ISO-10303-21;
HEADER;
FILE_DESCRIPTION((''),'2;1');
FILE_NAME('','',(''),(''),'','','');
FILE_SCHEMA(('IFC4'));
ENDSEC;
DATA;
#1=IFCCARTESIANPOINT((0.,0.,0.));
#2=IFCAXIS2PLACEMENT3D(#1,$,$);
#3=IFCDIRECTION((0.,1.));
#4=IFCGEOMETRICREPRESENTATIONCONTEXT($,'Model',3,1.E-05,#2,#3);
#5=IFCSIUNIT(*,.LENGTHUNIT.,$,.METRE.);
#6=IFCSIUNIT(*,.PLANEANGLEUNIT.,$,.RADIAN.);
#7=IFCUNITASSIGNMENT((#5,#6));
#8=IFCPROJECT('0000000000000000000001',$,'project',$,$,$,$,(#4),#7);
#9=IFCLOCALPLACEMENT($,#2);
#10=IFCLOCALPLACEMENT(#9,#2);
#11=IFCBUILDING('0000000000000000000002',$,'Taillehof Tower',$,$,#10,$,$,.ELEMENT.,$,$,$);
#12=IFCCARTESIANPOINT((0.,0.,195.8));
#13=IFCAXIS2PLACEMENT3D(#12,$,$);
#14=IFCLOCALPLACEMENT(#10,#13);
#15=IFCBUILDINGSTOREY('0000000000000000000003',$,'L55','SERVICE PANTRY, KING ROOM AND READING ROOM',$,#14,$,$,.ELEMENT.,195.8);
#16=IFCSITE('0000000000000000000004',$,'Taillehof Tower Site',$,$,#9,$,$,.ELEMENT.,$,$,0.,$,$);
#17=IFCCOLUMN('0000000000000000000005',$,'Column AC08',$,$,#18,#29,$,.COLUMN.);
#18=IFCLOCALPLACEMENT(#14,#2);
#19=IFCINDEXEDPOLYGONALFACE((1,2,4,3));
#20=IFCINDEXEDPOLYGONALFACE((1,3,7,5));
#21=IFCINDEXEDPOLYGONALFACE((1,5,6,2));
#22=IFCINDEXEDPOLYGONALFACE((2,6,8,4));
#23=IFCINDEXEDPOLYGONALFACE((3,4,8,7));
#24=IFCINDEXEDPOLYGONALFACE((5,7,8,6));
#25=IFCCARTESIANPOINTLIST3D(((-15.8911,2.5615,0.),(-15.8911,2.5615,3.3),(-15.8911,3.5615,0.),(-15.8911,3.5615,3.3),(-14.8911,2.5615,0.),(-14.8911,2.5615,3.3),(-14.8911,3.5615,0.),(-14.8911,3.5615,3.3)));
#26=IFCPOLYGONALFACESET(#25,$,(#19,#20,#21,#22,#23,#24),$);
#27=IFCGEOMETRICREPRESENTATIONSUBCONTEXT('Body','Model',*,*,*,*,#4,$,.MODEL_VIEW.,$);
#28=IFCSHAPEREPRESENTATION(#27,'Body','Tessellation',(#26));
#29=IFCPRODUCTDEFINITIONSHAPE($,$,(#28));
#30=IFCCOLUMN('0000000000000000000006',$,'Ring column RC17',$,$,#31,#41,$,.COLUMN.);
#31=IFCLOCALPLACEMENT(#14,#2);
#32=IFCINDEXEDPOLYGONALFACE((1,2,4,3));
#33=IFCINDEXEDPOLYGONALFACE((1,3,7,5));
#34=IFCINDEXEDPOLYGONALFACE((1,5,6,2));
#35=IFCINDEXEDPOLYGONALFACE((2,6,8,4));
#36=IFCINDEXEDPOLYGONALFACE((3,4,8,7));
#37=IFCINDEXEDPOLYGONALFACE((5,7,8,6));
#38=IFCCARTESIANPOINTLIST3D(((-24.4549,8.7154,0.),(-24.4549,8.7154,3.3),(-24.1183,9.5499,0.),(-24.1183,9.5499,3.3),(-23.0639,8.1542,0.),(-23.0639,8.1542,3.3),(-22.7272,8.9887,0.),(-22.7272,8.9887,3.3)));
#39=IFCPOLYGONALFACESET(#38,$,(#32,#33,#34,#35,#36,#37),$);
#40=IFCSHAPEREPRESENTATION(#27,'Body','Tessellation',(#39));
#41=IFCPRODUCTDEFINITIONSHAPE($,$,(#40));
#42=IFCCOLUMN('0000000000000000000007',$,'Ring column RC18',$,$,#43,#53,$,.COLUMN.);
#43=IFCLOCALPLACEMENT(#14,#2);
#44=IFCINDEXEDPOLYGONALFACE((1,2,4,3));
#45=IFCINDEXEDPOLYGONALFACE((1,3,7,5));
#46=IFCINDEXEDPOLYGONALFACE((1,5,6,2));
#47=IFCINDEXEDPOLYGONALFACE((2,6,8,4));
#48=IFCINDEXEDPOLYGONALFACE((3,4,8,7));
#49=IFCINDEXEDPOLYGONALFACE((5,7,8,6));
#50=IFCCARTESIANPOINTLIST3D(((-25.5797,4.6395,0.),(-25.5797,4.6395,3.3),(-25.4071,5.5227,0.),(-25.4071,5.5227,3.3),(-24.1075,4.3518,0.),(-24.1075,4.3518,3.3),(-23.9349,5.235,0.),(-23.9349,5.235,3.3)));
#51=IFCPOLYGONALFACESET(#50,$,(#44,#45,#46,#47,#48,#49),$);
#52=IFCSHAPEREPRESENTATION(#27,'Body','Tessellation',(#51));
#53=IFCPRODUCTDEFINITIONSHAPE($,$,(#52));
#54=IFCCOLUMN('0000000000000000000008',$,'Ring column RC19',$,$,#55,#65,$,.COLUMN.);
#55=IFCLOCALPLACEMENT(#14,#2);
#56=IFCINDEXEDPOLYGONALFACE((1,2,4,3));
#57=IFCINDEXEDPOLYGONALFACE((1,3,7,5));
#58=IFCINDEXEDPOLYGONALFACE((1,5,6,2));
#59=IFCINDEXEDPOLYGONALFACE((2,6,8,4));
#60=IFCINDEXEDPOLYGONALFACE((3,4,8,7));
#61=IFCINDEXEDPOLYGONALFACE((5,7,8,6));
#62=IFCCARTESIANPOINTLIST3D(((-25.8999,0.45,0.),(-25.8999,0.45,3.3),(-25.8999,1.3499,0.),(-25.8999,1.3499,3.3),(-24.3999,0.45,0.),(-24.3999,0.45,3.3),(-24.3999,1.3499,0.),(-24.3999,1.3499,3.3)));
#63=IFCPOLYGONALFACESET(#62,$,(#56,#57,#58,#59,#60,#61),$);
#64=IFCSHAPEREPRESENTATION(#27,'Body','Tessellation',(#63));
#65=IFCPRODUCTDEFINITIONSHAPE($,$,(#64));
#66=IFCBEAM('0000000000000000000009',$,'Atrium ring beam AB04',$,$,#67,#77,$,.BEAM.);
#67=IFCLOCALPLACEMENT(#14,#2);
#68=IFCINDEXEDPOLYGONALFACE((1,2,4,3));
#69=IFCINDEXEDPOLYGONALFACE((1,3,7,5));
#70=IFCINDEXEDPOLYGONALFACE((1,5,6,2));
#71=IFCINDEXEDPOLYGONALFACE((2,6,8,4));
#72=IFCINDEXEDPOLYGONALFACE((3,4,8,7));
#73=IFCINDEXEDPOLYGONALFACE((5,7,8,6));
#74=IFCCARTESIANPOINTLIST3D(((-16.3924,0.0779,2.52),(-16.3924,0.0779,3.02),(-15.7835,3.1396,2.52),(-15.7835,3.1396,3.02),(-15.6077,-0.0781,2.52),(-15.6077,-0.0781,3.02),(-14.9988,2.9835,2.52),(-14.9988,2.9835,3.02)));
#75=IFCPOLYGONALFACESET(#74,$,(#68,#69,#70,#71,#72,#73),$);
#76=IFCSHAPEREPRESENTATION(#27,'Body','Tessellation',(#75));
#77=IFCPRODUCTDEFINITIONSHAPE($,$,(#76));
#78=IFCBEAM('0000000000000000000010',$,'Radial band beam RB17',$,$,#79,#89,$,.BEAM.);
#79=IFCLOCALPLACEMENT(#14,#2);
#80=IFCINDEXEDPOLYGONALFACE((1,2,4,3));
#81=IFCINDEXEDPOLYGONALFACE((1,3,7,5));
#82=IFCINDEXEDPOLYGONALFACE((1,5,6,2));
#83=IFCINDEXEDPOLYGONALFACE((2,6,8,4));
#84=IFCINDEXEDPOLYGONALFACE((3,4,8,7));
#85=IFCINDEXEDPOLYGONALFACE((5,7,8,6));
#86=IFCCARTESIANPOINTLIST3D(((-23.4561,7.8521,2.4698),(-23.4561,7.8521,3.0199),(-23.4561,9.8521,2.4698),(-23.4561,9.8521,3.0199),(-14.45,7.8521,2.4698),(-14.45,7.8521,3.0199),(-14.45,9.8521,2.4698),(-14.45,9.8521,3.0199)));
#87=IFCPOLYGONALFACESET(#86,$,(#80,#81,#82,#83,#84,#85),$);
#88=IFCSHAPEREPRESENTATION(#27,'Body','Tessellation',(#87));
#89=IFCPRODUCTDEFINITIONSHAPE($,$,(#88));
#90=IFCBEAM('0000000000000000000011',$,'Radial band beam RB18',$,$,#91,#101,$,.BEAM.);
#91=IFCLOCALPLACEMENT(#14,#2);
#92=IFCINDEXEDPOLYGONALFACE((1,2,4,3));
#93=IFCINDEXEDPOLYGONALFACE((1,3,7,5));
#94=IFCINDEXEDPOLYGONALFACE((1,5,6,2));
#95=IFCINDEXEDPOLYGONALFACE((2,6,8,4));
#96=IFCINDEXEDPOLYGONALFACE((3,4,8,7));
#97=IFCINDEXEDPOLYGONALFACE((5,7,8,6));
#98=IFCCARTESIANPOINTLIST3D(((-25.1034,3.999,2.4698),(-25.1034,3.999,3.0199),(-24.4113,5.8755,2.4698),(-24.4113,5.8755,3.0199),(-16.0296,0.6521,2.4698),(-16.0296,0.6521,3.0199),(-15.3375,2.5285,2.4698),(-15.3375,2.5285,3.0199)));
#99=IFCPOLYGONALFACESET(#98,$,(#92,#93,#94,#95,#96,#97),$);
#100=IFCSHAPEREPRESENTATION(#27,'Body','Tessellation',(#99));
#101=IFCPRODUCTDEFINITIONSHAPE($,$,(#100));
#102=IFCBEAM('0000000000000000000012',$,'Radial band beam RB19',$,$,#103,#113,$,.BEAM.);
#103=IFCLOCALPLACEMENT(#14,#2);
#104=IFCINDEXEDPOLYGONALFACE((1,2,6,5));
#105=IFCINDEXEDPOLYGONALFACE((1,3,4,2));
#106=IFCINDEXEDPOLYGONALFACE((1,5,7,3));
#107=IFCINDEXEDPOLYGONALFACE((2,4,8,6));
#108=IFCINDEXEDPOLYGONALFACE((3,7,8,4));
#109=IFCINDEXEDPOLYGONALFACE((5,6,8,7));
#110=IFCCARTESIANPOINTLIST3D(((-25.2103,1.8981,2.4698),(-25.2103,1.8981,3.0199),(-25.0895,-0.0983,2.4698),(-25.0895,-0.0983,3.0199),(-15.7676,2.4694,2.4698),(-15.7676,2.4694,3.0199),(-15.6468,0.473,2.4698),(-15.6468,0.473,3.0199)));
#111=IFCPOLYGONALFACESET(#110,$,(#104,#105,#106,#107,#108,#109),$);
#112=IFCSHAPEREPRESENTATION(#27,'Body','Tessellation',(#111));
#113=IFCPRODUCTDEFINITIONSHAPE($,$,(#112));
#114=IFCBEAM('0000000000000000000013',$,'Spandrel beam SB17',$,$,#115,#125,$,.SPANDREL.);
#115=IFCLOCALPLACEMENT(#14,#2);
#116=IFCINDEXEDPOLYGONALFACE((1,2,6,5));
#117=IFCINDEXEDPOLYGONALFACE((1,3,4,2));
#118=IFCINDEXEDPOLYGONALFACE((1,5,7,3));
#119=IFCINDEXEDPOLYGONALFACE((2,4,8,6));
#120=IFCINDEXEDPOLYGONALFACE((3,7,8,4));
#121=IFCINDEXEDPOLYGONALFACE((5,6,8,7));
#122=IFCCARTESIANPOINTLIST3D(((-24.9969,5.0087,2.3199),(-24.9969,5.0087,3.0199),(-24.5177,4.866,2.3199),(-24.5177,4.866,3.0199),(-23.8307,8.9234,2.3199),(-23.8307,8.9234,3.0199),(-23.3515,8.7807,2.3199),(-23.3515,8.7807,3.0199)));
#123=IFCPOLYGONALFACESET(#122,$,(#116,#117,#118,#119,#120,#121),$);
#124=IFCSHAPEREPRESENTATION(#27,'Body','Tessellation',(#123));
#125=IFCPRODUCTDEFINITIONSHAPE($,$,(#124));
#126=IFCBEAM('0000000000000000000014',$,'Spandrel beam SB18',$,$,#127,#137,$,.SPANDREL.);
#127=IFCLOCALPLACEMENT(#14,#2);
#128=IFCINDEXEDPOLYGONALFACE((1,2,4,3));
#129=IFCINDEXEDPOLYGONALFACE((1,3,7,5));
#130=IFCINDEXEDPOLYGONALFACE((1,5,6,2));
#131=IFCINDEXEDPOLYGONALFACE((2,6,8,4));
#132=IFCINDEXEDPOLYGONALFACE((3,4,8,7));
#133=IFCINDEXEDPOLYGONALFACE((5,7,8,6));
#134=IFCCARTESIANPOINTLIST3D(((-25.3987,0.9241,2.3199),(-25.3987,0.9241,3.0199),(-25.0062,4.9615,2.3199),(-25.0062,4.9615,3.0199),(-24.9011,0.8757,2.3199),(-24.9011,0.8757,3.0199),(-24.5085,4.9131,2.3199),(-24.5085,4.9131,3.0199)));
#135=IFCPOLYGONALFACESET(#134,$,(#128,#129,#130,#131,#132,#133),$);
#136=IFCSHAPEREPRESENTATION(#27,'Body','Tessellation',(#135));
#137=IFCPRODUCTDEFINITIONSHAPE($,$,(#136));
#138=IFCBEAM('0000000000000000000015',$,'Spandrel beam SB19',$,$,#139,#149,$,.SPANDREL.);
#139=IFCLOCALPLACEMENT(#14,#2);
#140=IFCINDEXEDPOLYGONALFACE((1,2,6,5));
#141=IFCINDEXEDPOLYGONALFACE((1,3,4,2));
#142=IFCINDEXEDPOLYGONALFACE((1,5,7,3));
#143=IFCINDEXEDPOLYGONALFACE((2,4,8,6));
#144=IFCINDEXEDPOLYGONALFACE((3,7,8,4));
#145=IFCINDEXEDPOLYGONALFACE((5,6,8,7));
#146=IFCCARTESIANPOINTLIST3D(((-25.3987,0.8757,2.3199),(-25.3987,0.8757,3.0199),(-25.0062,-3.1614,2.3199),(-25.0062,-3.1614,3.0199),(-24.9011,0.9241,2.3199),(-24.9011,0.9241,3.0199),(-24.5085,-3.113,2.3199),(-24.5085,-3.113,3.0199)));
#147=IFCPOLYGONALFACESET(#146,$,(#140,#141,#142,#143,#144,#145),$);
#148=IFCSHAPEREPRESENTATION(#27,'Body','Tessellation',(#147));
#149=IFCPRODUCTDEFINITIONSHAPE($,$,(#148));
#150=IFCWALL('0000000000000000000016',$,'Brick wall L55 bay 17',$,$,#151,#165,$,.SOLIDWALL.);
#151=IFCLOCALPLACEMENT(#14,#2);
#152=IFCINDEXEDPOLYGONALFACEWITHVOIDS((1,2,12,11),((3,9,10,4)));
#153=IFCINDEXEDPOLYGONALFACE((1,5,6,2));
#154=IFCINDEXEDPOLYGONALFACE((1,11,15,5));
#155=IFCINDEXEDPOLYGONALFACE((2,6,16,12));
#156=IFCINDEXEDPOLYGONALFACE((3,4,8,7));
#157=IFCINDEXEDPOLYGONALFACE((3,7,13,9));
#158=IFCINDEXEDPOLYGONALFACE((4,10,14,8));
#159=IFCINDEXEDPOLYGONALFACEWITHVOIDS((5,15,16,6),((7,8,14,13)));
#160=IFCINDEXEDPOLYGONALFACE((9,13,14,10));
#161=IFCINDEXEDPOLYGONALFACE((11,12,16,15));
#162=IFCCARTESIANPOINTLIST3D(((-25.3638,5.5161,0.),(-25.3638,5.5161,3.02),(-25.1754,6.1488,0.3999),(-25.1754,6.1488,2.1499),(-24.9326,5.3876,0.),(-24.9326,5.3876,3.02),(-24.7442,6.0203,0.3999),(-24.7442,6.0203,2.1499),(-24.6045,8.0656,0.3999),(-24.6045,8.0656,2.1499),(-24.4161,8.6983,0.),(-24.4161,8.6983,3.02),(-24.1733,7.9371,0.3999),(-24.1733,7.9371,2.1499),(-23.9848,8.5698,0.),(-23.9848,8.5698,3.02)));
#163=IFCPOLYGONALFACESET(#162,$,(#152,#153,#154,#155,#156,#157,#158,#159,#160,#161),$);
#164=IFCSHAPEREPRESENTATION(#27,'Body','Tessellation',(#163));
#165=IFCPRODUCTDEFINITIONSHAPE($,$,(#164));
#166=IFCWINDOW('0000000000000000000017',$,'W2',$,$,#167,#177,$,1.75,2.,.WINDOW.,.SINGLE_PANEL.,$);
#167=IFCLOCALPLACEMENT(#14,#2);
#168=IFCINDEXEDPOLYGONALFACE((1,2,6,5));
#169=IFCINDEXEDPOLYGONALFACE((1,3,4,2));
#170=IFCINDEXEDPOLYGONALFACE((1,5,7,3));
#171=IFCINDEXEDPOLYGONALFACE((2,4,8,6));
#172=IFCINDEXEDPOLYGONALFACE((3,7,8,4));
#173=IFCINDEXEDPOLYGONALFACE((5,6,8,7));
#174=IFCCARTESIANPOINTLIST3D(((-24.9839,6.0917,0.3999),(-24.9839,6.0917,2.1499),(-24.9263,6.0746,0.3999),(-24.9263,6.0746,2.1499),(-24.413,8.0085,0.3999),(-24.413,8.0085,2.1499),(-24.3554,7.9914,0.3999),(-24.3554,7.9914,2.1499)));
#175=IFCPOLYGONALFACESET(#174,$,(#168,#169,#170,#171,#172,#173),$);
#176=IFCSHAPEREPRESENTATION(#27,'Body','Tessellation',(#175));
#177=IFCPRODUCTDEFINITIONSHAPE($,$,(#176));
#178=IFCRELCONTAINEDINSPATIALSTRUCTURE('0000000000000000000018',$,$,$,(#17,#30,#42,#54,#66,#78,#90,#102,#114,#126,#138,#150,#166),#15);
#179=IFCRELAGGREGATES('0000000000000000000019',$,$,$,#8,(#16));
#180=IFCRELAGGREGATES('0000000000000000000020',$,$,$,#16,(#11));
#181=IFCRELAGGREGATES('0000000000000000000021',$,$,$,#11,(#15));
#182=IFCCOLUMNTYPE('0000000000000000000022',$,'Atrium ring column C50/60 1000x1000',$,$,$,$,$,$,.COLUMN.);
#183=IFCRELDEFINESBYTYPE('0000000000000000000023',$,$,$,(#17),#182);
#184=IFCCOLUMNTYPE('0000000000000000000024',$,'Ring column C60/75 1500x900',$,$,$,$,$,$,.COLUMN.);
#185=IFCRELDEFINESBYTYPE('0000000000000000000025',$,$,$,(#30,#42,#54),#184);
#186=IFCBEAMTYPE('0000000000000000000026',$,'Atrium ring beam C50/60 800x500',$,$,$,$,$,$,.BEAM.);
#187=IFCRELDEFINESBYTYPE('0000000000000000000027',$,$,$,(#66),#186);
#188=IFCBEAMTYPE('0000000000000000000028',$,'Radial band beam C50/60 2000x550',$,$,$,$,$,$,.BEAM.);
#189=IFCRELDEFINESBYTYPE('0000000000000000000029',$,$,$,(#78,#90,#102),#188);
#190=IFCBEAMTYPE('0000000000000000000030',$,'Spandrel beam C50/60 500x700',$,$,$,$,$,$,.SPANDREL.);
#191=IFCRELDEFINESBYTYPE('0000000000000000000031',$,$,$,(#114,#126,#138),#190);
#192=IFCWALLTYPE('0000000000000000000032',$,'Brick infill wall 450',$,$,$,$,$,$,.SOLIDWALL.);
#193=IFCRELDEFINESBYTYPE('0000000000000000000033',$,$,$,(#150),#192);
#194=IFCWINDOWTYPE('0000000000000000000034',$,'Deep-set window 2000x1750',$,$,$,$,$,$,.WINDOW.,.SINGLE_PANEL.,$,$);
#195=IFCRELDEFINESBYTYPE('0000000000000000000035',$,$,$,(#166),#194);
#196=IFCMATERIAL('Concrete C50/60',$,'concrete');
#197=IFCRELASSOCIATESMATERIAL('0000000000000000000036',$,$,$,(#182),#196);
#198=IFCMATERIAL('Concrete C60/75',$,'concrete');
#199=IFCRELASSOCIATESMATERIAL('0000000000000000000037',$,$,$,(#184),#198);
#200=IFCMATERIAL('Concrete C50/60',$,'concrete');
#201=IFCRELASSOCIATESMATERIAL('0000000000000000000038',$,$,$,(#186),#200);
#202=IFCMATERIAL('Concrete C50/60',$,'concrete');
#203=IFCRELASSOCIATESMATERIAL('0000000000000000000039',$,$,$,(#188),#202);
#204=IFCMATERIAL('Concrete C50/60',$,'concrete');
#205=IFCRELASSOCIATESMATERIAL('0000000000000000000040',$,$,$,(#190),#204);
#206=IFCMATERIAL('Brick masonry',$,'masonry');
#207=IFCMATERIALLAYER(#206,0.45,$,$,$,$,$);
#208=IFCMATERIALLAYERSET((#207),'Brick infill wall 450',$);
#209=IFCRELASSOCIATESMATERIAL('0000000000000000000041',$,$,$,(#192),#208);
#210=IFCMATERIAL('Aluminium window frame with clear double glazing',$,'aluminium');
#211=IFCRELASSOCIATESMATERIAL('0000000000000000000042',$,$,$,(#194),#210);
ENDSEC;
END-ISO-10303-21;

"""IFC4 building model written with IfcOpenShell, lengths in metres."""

from ifc_helpers import new_model, si_unit, direction, frame, frame_2d, origin, origin_2d, place, context, subcontext, project, spatial, rectangle, extrude, material, layer, layer_set, material_profile, profile_set, type_object, element, fill, save


model = new_model("IFC4")

# Units and contexts
model_context = context("Model", 3, precision=1e-05, world=origin(), true_north=direction((0.0, 1.0)))
body_context = subcontext(model_context, "Body", "Model", "MODEL_VIEW")
ifc_project = project(units=[si_unit("LENGTHUNIT", "METRE"), si_unit("PLANEANGLEUNIT", "RADIAN")], contexts=[model_context])

# Site, building, storey
site_placement = place(None, origin())
site = spatial("IfcSite", under=ifc_project, at=site_placement, Name="Taillehof Tower Site", CompositionType="ELEMENT", RefElevation=0.0)
building_placement = place(site_placement, origin())
building = spatial("IfcBuilding", under=site, at=building_placement, Name="Taillehof Tower", CompositionType="ELEMENT")
storey_placement = place(building_placement, frame((0.0, 0.0, 195.8)))
storey = spatial("IfcBuildingStorey", under=building, at=storey_placement, Name="L55", Description="SERVICE PANTRY, KING ROOM AND READING ROOM", CompositionType="ELEMENT", Elevation=195.8)

# Columns
ifc_material_1 = material(Name="Concrete C50/60", Category="concrete")
ifc_material_profile_1 = material_profile(ifc_material_1, rectangle(XDim=1.0, YDim=1.0, at=origin_2d()), Name="RC 1000x1000")
ifc_profile_set_1 = profile_set([ifc_material_profile_1], Name="Concrete C50/60")
column_type_1 = type_object("IfcColumnType", Name="Atrium ring column C50/60 1000x1000", PredefinedType="COLUMN", material=ifc_profile_set_1)
column_placement = place(storey_placement, frame((-15.3911, 3.0615, 0.0), z_axis=(0.0, 0.0, 1.0), x_axis=(1.0, 0.0, 0.0)))
element("IfcColumn", 1, at=column_placement, inside=storey, type_object=column_type_1, Name="Column AC08", PredefinedType="COLUMN", context=body_context, shape_type="SweptSolid", body=[
    extrude(rectangle(XDim=1.0, YDim=1.0, at=origin_2d()), origin(), (0.0, 0.0, 1.0), 3.3),
])
ifc_material_2 = material(Name="Concrete C60/75", Category="concrete")
ifc_material_profile_2 = material_profile(ifc_material_2, rectangle(XDim=1.5, YDim=0.8999, at=origin_2d()), Name="RC 1500x900")
ifc_profile_set_2 = profile_set([ifc_material_profile_2], Name="Concrete C60/75")
column_type_2 = type_object("IfcColumnType", Name="Ring column C60/75 1500x900", PredefinedType="COLUMN", material=ifc_profile_set_2)
for number, where, z_axis, x_axis, name in (
    (2, (-23.5911, 8.8521, 0.0), (0.0, 0.0, 1.0), (-0.927385, 0.374108, 0.0), "Ring column RC17"),
    (3, (-24.7573, 4.9373, 0.0), (0.0, 0.0, 1.0), (-0.981434, 0.191801, 0.0), "Ring column RC18"),
    (4, (-25.1499, 0.8999, 0.0), (0.0, 0.0, 1.0), (-1.0, 0.0, 0.0), "Ring column RC19"),
):
    element("IfcColumn", number, at=place(storey_placement, frame(where, z_axis=z_axis, x_axis=x_axis)), inside=storey, type_object=column_type_2, Name=name, PredefinedType="COLUMN", context=body_context, shape_type="SweptSolid", body=[
        extrude(rectangle(XDim=1.5, YDim=0.8999, at=origin_2d()), origin(), (0.0, 0.0, 1.0), 3.3),
    ])

# Beams
ifc_material_3 = material(Name="Concrete C50/60", Category="concrete")
ifc_material_profile_3 = material_profile(ifc_material_3, rectangle(XDim=0.8, YDim=0.5, at=origin_2d()), Name="RC 800x500")
ifc_profile_set_3 = profile_set([ifc_material_profile_3], Name="Concrete C50/60")
beam_type_1 = type_object("IfcBeamType", Name="Atrium ring beam C50/60 800x500", PredefinedType="BEAM", material=ifc_profile_set_3)
beam_1_placement = place(storey_placement, frame((-15.3911, 3.0615, 2.77), z_axis=(-0.195063, -0.980791, 0.0), x_axis=(0.980791, -0.195063, 0.0)))
element("IfcBeam", 5, at=beam_1_placement, inside=storey, type_object=beam_type_1, Name="Atrium ring beam AB04", PredefinedType="BEAM", context=body_context, shape_type="SweptSolid", body=[
    extrude(rectangle(XDim=0.8, YDim=0.5, at=origin_2d()), origin(), (0.0, 0.0, 1.0), 3.1216),
])
ifc_material_4 = material(Name="Concrete C50/60", Category="concrete")
ifc_material_profile_4 = material_profile(ifc_material_4, rectangle(XDim=2.0, YDim=0.55, at=origin_2d()), Name="RC 2000x550")
ifc_profile_set_4 = profile_set([ifc_material_profile_4], Name="Concrete C50/60")
beam_type_2 = type_object("IfcBeamType", Name="Radial band beam C50/60 2000x550", PredefinedType="BEAM", material=ifc_profile_set_4)
beam_2_placement = place(storey_placement, frame((-23.4561, 8.8521, 2.7449), z_axis=(1.0, 0.0, 0.0), x_axis=(0.0, 1.0, 0.0)))
element("IfcBeam", 6, at=beam_2_placement, inside=storey, type_object=beam_type_2, Name="Radial band beam RB17", PredefinedType="BEAM", context=body_context, shape_type="SweptSolid", body=[
    extrude(rectangle(XDim=2.0, YDim=0.55, at=origin_2d()), origin(), (0.0, 0.0, 1.0), 9.0061),
])
beam_3_placement = place(storey_placement, frame((-24.7573, 4.9373, 2.7449), z_axis=(0.93821, -0.346067, 0.0), x_axis=(0.346067, 0.93821, 0.0)))
element("IfcBeam", 7, at=beam_3_placement, inside=storey, type_object=beam_type_2, Name="Radial band beam RB18", PredefinedType="BEAM", context=body_context, shape_type="SweptSolid", body=[
    extrude(rectangle(XDim=2.0, YDim=0.55, at=origin_2d()), origin(), (0.0, 0.0, 1.0), 9.6714),
])
beam_4_placement = place(storey_placement, frame((-25.1499, 0.8999, 2.7449), z_axis=(0.998175, 0.060391, 0.0), x_axis=(-0.060391, 0.998175, 0.0)))
element("IfcBeam", 8, at=beam_4_placement, inside=storey, type_object=beam_type_2, Name="Radial band beam RB19", PredefinedType="BEAM", context=body_context, shape_type="SweptSolid", body=[
    extrude(rectangle(XDim=2.0, YDim=0.55, at=origin_2d()), origin(), (0.0, 0.0, 1.0), 9.46),
])
ifc_material_5 = material(Name="Concrete C50/60", Category="concrete")
ifc_material_profile_5 = material_profile(ifc_material_5, rectangle(XDim=0.5, YDim=0.7, at=origin_2d()), Name="RC 500x700")
ifc_profile_set_5 = profile_set([ifc_material_profile_5], Name="Concrete C50/60")
beam_type_3 = type_object("IfcBeamType", Name="Spandrel beam C50/60 500x700", PredefinedType="SPANDREL", material=ifc_profile_set_5)
beam_5_placement = place(storey_placement, frame((-23.5911, 8.8521, 2.6699), z_axis=(-0.28551, -0.958376, 0.0), x_axis=(0.958376, -0.28551, 0.0)))
element("IfcBeam", 9, at=beam_5_placement, inside=storey, type_object=beam_type_3, Name="Spandrel beam SB17", PredefinedType="SPANDREL", context=body_context, shape_type="SweptSolid", body=[
    extrude(rectangle(XDim=0.5, YDim=0.7, at=origin_2d()), origin(), (0.0, 0.0, 1.0), 4.0847),
])
beam_6_placement = place(storey_placement, frame((-24.7573, 4.9373, 2.6699), z_axis=(-0.09678, -0.995306, 0.0), x_axis=(0.995306, -0.09678, 0.0)))
element("IfcBeam", 10, at=beam_6_placement, inside=storey, type_object=beam_type_3, Name="Spandrel beam SB18", PredefinedType="SPANDREL", context=body_context, shape_type="SweptSolid", body=[
    extrude(rectangle(XDim=0.5, YDim=0.7, at=origin_2d()), origin(), (0.0, 0.0, 1.0), 4.0564),
])
beam_7_placement = place(storey_placement, frame((-25.1499, 0.8999, 2.6699), z_axis=(0.096786, -0.995305, 0.0), x_axis=(0.995305, 0.096786, 0.0)))
element("IfcBeam", 11, at=beam_7_placement, inside=storey, type_object=beam_type_3, Name="Spandrel beam SB19", PredefinedType="SPANDREL", context=body_context, shape_type="SweptSolid", body=[
    extrude(rectangle(XDim=0.5, YDim=0.7, at=origin_2d()), origin(), (0.0, 0.0, 1.0), 4.0562),
])

# Wall, opening, window
ifc_material_6 = material(Name="Brick masonry", Category="masonry")
ifc_layer_1 = layer(ifc_material_6, 0.45)
ifc_layer_set_1 = layer_set([ifc_layer_1], Name="Brick infill wall 450")
wall_type_1 = type_object("IfcWallType", Name="Brick infill wall 450", PredefinedType="SOLIDWALL", material=ifc_layer_set_1)
wall_1_placement = place(storey_placement, frame((-24.2004, 8.634, 0.0), z_axis=(0.0, 0.0, 1.0), x_axis=(-0.285445, -0.958395, 0.0)))
wall_1 = element("IfcWall", 12, at=wall_1_placement, inside=storey, type_object=wall_type_1, Name="Brick wall L55 bay 17", PredefinedType="SOLIDWALL", context=body_context, shape_type="SweptSolid", body=[
    extrude(rectangle(XDim=3.3203, YDim=0.45, at=frame_2d((1.6602, 0.0))), origin(), (0.0, 0.0, 1.0), 3.02),
])
opening_1_placement = place(wall_1_placement, frame((0.6602, 0.0, 0.3999)))
opening_1 = element("IfcOpeningElement", 13, at=opening_1_placement, cuts=wall_1, PredefinedType="OPENING", context=body_context, shape_type="SweptSolid", body=[
    extrude(rectangle(XDim=2.0, YDim=1.75, at=frame_2d((1.0, 0.875))), frame((0.0, 0.2349, 0.0), z_axis=(0.0, -1.0, 0.0), x_axis=(1.0, 0.0, 0.0)), (0.0, 0.0, 1.0), 0.47),
])
ifc_material_7 = material(Name="Aluminium window frame with clear double glazing", Category="aluminium")
window_type_1 = type_object("IfcWindowType", Name="Deep-set window 2000x1750", PartitioningType="SINGLE_PANEL", PredefinedType="WINDOW", material=ifc_material_7)
window_1_placement = place(opening_1_placement, origin())
window_1 = element("IfcWindow", 14, at=window_1_placement, inside=storey, type_object=window_type_1, Name="W2", OverallHeight=1.75, OverallWidth=2.0, PartitioningType="SINGLE_PANEL", PredefinedType="WINDOW", context=body_context, shape_type="SweptSolid", body=[
    extrude(rectangle(XDim=2.0, YDim=1.75, at=frame_2d((1.0, 0.875))), frame((0.0, 0.0349, 0.0), z_axis=(0.0, -1.0, 0.0), x_axis=(1.0, 0.0, 0.0)), (0.0, 0.0, 1.0), 0.0601),
])
fill(opening_1, window_1)

save(model, "model.ifc")
